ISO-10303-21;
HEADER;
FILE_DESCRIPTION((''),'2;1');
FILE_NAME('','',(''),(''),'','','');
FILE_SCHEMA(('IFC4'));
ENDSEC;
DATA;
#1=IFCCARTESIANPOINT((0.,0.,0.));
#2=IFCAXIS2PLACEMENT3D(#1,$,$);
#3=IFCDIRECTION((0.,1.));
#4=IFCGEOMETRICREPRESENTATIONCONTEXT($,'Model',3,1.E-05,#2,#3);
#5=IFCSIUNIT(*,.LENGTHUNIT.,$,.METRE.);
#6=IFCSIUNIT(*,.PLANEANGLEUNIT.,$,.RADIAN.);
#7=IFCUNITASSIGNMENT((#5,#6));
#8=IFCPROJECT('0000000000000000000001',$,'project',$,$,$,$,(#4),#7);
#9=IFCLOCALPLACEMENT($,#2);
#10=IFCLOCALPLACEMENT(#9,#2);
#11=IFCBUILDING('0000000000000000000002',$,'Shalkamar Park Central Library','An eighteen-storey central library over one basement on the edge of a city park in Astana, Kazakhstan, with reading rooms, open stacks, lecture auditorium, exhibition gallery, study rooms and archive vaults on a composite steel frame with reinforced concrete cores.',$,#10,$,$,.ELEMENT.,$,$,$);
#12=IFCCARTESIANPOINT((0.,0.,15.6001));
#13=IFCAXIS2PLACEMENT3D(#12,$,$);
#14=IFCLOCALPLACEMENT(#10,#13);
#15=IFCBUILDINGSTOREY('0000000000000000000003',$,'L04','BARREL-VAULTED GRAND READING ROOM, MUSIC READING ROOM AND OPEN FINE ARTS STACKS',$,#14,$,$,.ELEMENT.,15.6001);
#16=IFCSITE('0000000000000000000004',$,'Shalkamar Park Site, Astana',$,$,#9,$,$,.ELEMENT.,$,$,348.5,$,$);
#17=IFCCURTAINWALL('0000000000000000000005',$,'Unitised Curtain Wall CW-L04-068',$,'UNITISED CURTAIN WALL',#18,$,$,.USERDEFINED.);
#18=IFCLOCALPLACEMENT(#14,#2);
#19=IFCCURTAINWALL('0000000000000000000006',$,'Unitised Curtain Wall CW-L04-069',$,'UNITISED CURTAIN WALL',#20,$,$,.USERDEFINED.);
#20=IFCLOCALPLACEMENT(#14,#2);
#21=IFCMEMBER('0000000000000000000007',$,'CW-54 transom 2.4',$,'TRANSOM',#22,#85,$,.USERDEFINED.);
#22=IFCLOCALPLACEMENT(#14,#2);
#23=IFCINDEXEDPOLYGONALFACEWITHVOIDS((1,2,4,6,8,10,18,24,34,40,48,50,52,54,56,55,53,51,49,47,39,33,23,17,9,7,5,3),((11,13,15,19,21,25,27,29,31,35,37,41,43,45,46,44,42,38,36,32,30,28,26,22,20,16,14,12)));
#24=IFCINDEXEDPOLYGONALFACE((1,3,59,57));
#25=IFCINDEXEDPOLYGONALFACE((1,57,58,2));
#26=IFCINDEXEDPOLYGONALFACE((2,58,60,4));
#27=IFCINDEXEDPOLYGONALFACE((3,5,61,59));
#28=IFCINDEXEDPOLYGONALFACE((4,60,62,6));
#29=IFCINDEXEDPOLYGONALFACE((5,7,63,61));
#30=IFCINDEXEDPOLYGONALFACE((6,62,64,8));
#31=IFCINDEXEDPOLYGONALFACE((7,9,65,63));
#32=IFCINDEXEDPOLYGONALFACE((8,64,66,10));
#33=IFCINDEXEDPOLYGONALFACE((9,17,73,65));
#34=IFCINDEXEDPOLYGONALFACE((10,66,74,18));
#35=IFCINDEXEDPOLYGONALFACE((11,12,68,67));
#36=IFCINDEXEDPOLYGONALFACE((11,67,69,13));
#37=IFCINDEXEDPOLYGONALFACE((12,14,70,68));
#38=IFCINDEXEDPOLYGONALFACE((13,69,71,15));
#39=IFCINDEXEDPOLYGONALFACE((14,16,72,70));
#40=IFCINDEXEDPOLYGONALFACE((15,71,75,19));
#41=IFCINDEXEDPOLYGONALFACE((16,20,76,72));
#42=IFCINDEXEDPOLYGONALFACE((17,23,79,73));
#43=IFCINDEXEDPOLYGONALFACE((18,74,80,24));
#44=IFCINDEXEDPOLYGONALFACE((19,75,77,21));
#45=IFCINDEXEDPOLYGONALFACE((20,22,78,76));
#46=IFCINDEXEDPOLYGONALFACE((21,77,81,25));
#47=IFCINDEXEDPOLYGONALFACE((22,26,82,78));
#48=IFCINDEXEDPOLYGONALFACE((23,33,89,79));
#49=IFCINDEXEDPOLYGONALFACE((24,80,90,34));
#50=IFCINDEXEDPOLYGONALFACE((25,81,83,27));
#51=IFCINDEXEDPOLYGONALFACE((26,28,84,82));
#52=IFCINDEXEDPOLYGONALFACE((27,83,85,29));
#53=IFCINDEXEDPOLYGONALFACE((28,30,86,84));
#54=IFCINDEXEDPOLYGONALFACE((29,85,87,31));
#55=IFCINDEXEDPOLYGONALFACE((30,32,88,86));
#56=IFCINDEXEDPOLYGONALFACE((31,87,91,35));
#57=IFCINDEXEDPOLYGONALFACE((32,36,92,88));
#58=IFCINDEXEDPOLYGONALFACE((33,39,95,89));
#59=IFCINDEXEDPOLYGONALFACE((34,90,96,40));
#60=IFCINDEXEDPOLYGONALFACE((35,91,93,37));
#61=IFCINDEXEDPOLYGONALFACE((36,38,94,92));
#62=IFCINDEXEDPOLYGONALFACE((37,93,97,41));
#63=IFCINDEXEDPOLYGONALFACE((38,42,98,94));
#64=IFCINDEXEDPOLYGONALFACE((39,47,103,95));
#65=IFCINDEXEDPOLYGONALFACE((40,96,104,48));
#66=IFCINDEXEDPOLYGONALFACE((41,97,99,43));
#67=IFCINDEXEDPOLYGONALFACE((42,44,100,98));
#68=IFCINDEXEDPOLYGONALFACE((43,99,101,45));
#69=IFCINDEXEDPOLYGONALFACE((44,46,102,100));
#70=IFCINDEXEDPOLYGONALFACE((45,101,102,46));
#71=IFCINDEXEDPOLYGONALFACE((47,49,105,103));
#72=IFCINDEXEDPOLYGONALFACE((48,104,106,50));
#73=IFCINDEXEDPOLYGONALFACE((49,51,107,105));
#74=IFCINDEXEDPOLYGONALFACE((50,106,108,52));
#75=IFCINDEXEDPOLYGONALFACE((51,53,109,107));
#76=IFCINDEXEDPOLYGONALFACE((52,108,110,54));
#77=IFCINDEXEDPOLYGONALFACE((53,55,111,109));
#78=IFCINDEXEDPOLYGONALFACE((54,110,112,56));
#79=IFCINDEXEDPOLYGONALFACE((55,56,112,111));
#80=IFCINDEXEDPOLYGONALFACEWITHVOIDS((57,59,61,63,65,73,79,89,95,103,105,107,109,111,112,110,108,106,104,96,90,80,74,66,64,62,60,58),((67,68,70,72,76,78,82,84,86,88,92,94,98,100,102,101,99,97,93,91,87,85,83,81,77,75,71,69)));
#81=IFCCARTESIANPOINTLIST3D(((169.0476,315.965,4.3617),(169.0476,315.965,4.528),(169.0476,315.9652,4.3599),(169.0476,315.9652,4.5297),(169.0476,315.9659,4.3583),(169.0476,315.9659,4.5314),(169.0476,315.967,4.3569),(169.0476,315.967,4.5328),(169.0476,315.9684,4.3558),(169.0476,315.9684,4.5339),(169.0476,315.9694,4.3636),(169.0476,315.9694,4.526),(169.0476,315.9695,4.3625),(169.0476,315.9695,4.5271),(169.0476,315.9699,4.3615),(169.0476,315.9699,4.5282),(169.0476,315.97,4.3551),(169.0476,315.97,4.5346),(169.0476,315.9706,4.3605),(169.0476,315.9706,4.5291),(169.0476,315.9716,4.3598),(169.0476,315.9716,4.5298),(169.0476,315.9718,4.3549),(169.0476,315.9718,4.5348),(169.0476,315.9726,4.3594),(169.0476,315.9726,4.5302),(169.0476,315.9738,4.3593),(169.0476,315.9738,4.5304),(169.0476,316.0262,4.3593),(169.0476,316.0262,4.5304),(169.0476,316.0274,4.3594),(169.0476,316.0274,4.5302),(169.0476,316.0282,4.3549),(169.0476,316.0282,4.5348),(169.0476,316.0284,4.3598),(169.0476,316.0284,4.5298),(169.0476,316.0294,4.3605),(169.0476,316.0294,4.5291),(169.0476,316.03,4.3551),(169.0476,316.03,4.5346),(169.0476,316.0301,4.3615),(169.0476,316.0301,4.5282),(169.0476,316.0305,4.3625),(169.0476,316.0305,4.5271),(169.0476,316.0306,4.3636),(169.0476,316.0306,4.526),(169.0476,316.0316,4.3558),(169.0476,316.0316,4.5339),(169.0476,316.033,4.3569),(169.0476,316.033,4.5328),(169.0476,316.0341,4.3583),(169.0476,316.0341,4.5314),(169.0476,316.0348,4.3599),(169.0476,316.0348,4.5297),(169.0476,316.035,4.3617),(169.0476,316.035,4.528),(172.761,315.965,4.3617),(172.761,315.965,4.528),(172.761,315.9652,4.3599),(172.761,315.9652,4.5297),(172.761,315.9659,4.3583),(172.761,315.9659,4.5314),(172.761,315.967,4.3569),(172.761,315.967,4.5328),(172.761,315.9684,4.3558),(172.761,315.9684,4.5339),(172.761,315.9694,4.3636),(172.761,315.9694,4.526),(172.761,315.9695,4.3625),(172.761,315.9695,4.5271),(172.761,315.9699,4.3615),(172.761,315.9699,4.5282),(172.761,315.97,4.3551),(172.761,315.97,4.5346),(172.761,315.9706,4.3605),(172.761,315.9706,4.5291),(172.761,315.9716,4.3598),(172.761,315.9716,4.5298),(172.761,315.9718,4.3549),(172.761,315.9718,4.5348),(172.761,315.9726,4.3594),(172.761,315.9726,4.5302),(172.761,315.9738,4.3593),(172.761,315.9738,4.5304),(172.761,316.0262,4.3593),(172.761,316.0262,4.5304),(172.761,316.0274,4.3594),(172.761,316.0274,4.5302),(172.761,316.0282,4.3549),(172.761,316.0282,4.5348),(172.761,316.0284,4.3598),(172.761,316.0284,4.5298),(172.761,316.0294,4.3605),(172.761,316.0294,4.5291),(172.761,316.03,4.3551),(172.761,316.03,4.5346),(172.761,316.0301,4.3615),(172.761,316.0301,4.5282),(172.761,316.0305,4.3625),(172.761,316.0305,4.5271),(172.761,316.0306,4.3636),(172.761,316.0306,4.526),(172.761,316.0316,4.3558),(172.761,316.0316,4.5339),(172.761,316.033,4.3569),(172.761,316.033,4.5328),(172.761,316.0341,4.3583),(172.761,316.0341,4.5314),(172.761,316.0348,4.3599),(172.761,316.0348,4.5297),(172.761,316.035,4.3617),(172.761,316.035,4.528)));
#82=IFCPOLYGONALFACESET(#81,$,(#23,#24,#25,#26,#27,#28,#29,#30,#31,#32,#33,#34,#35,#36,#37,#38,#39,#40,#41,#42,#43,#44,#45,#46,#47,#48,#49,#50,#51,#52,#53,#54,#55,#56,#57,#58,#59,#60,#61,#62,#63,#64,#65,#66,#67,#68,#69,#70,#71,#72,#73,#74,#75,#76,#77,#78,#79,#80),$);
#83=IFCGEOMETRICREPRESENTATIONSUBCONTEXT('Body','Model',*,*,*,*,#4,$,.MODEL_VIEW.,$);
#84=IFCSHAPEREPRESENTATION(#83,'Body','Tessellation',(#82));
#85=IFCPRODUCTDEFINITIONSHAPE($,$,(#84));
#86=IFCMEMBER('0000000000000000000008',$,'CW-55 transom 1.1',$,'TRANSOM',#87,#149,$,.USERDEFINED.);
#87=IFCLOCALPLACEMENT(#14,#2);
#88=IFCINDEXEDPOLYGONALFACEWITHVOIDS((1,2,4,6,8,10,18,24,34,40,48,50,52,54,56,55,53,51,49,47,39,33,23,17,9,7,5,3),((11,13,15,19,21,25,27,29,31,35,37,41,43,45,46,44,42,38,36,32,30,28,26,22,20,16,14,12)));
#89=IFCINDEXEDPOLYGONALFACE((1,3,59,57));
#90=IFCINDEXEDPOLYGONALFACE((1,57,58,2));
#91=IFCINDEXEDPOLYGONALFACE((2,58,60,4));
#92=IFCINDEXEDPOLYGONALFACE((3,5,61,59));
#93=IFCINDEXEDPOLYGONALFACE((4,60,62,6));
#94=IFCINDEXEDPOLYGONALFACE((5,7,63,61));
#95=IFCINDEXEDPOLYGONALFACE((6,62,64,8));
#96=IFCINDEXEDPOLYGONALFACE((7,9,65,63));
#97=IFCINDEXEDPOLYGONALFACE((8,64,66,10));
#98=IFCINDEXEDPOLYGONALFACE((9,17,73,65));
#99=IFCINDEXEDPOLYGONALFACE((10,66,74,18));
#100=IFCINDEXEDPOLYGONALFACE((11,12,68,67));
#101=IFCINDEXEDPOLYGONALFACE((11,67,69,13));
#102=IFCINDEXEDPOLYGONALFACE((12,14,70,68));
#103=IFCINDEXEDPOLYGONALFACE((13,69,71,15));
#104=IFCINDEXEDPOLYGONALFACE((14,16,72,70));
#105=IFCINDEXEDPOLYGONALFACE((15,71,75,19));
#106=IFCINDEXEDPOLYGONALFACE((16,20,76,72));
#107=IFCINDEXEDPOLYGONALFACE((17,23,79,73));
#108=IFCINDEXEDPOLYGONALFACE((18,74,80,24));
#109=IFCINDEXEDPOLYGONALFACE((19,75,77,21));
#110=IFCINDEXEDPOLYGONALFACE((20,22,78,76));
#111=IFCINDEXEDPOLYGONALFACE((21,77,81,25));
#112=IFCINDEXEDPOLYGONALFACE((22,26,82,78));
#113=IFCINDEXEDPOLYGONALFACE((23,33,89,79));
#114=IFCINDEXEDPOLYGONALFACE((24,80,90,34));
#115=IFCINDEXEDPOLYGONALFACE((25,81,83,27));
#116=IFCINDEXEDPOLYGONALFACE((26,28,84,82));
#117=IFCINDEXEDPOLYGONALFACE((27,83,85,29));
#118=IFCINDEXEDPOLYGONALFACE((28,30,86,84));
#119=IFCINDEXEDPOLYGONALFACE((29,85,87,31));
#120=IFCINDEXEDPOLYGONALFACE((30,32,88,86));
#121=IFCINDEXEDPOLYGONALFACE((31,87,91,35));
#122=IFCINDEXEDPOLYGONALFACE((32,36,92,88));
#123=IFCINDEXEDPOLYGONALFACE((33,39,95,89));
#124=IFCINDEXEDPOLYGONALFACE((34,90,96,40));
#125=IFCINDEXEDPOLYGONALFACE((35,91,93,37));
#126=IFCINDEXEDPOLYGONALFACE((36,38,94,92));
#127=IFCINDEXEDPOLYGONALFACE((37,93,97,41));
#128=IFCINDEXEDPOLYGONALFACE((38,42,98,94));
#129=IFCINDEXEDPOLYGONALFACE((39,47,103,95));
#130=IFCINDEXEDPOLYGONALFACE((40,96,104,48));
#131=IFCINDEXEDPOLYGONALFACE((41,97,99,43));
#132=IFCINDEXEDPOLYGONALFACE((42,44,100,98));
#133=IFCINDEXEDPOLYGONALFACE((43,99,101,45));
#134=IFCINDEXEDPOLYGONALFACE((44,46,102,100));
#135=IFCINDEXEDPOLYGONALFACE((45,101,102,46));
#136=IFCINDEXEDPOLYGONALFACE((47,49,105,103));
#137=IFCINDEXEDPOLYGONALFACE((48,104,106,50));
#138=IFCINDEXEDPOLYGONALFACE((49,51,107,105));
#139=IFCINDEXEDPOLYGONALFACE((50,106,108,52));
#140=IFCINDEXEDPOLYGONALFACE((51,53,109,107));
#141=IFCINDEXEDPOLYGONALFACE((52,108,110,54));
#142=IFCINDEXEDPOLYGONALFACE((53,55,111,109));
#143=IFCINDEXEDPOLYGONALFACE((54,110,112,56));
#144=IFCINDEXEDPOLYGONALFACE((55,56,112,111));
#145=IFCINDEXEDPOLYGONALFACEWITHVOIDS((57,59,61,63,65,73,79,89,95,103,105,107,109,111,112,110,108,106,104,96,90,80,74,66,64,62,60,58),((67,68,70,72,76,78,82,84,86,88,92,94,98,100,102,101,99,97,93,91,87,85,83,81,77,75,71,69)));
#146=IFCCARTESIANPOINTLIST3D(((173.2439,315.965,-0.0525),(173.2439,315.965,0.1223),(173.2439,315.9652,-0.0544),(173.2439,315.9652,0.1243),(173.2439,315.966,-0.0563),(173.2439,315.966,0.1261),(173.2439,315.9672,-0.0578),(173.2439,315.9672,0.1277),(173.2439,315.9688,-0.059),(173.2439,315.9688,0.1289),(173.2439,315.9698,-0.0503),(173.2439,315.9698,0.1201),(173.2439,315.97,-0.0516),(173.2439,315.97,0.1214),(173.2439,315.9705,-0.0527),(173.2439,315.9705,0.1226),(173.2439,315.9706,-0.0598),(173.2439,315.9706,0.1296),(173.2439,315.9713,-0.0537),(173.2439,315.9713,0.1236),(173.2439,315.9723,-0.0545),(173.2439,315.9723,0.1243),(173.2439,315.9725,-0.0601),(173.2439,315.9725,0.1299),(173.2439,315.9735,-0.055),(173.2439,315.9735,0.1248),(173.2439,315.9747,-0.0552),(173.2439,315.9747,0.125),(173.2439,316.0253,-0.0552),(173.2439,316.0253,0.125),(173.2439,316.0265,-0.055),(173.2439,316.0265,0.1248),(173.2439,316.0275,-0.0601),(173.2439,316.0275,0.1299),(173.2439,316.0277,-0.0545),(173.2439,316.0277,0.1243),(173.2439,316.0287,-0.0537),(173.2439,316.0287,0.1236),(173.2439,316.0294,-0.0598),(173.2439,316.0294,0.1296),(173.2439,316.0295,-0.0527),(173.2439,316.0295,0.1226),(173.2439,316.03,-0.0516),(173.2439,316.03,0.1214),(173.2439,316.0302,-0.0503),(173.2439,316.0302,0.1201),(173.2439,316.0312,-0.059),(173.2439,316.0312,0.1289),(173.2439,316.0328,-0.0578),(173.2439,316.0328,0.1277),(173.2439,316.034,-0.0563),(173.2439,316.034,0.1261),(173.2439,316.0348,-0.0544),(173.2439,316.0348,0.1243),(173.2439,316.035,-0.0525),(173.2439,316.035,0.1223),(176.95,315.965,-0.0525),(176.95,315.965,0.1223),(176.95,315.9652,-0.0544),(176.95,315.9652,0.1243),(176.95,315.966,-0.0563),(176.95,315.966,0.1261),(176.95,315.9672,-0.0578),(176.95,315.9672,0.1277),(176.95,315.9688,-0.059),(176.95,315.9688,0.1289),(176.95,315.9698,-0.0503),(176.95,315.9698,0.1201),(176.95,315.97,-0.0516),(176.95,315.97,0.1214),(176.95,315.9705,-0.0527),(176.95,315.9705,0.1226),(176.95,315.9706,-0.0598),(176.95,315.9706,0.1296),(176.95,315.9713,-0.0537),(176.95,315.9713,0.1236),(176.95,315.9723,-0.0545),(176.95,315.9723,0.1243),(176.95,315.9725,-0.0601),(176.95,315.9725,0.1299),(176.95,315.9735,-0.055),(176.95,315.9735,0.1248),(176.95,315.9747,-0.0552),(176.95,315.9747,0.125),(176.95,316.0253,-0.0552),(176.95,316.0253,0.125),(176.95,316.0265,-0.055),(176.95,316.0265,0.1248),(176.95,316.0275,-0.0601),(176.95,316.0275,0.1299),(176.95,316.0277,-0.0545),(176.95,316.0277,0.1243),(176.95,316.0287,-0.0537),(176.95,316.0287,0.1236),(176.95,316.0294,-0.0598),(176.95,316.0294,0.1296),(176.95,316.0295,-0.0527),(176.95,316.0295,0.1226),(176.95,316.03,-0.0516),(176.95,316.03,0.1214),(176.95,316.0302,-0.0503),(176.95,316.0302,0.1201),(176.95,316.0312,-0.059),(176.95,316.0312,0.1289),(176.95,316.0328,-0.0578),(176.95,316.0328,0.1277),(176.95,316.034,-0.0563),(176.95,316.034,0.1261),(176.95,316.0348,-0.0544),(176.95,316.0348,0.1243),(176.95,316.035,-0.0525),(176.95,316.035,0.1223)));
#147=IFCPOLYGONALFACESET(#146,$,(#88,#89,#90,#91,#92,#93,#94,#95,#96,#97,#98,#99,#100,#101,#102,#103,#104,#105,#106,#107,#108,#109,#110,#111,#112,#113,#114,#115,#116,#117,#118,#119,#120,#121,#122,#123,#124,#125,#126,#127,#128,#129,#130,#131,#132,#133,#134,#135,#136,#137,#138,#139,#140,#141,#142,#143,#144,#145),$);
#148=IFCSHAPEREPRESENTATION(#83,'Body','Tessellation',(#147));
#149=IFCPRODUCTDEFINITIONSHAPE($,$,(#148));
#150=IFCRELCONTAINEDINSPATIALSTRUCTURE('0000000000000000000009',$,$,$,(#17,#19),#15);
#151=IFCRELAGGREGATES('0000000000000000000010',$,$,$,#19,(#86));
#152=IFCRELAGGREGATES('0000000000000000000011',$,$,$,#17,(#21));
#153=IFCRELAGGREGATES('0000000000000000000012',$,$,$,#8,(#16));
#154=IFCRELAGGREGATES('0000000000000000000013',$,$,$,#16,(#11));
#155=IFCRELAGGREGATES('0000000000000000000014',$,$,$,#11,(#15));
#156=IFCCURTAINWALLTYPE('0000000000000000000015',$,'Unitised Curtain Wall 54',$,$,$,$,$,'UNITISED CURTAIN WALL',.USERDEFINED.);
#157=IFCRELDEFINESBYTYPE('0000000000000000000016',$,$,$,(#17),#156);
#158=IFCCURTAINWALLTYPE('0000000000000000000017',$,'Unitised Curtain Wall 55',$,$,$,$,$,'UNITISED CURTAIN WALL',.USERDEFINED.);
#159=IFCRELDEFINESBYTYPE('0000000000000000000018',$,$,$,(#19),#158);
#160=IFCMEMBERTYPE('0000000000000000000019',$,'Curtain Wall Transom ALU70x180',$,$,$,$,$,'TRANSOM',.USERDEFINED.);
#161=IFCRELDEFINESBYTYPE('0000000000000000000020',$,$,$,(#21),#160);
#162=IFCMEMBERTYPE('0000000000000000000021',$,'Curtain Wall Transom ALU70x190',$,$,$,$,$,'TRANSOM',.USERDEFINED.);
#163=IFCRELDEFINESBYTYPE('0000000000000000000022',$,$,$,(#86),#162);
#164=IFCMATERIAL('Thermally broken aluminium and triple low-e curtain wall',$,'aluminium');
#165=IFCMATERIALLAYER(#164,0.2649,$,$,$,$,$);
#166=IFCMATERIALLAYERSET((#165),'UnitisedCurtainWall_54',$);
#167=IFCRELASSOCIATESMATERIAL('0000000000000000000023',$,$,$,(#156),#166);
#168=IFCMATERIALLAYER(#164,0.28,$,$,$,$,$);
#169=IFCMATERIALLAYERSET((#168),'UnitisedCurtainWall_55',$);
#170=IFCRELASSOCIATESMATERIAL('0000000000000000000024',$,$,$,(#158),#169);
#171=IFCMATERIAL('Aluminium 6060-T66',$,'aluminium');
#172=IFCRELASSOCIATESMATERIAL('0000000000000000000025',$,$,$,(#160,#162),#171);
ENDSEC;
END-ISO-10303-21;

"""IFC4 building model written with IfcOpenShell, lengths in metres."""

from ifc_helpers import new_model, si_unit, direction, frame, origin, origin_2d, place, context, subcontext, project, spatial, hollow_rectangle, extrude, material, layer, layer_set, material_profile, profile_set, type_object, element, aggregate, save


model = new_model("IFC4")

# Units and contexts
model_context = context("Model", 3, precision=1e-05, world=origin(), true_north=direction((0.0, 1.0)))
body_context = subcontext(model_context, "Body", "Model", "MODEL_VIEW")
ifc_project = project(units=[si_unit("LENGTHUNIT", "METRE"), si_unit("PLANEANGLEUNIT", "RADIAN")], contexts=[model_context])

# Site, building, storey
site_placement = place(None, origin())
site = spatial("IfcSite", under=ifc_project, at=site_placement, Name="Shalkamar Park Site, Astana", CompositionType="ELEMENT", RefElevation=348.5)
building_placement = place(site_placement, origin())
building = spatial("IfcBuilding", under=site, at=building_placement, Name="Shalkamar Park Central Library", Description="An eighteen-storey central library over one basement on the edge of a city park in Astana, Kazakhstan, with reading rooms, open stacks, lecture auditorium, exhibition gallery, study rooms and archive vaults on a composite steel frame with reinforced concrete cores.", CompositionType="ELEMENT")
storey_placement = place(building_placement, frame((0.0, 0.0, 15.6001)))
storey = spatial("IfcBuildingStorey", under=building, at=storey_placement, Name="L04", Description="BARREL-VAULTED GRAND READING ROOM, MUSIC READING ROOM AND OPEN FINE ARTS STACKS", CompositionType="ELEMENT", Elevation=15.6001)

# Curtain walls
ifc_material_1 = material(Name="Thermally broken aluminium and triple low-e curtain wall", Category="aluminium")
ifc_layer_1 = layer(ifc_material_1, 0.2649)
ifc_layer_set_1 = layer_set([ifc_layer_1], Name="UnitisedCurtainWall_54")
curtain_wall_type_1 = type_object("IfcCurtainWallType", Name="Unitised Curtain Wall 54", ElementType="UNITISED CURTAIN WALL", PredefinedType="USERDEFINED", material=ifc_layer_set_1)
curtain_wall_1_placement = place(storey_placement, origin())
curtain_wall_1 = element("IfcCurtainWall", 1, at=curtain_wall_1_placement, inside=storey, type_object=curtain_wall_type_1, Name="Unitised Curtain Wall CW-L04-068", ObjectType="UNITISED CURTAIN WALL", PredefinedType="USERDEFINED")
ifc_material_2 = material(Name="Aluminium 6060-T66", Category="aluminium")
ifc_layer_2 = layer(ifc_material_1, 0.28)
ifc_layer_set_2 = layer_set([ifc_layer_2], Name="UnitisedCurtainWall_55")
curtain_wall_type_2 = type_object("IfcCurtainWallType", Name="Unitised Curtain Wall 55", ElementType="UNITISED CURTAIN WALL", PredefinedType="USERDEFINED", material=ifc_layer_set_2)
curtain_wall_2_placement = place(storey_placement, origin())
curtain_wall_2 = element("IfcCurtainWall", 2, at=curtain_wall_2_placement, inside=storey, type_object=curtain_wall_type_2, Name="Unitised Curtain Wall CW-L04-069", ObjectType="UNITISED CURTAIN WALL", PredefinedType="USERDEFINED")

# Members
ifc_material_profile_1 = material_profile(ifc_material_2, hollow_rectangle(XDim=0.0701, YDim=0.1799, WallThickness=0.0044, InnerFilletRadius=0.0044, OuterFilletRadius=0.0068, at=origin_2d()), Name="ALU 70x180x4.5")
ifc_profile_set_1 = profile_set([ifc_material_profile_1], Name="Aluminium 6060-T66")
member_type_1 = type_object("IfcMemberType", Name="Curtain Wall Transom ALU70x180", ElementType="TRANSOM", PredefinedType="USERDEFINED", material=ifc_profile_set_1)
member_1_placement = place(storey_placement, frame((169.0476, 316.0, 4.4448), z_axis=(1.0, 0.0, 0.0), x_axis=(0.0, 1.0, 0.0)))
member_1 = element("IfcMember", 3, at=member_1_placement, type_object=member_type_1, Name="CW-54 transom 2.4", ObjectType="TRANSOM", PredefinedType="USERDEFINED", context=body_context, shape_type="SweptSolid", body=[
    extrude(hollow_rectangle(XDim=0.0701, YDim=0.1799, WallThickness=0.0044, InnerFilletRadius=0.0044, OuterFilletRadius=0.0068, at=origin_2d()), origin(), (0.0, 0.0, 1.0), 3.7134),
])
ifc_material_profile_2 = material_profile(ifc_material_2, hollow_rectangle(XDim=0.0701, YDim=0.1899, WallThickness=0.0049, InnerFilletRadius=0.0049, OuterFilletRadius=0.0076, at=origin_2d()), Name="ALU 70x190x5")
ifc_profile_set_2 = profile_set([ifc_material_profile_2], Name="Aluminium 6060-T66")
member_type_2 = type_object("IfcMemberType", Name="Curtain Wall Transom ALU70x190", ElementType="TRANSOM", PredefinedType="USERDEFINED", material=ifc_profile_set_2)
member_2_placement = place(storey_placement, frame((173.2439, 316.0, 0.0349), z_axis=(1.0, 0.0, 0.0), x_axis=(0.0, 1.0, 0.0)))
member_2 = element("IfcMember", 4, at=member_2_placement, type_object=member_type_2, Name="CW-55 transom 1.1", ObjectType="TRANSOM", PredefinedType="USERDEFINED", context=body_context, shape_type="SweptSolid", body=[
    extrude(hollow_rectangle(XDim=0.0701, YDim=0.1899, WallThickness=0.0049, InnerFilletRadius=0.0049, OuterFilletRadius=0.0076, at=origin_2d()), origin(), (0.0, 0.0, 1.0), 3.7061),
])

aggregate(curtain_wall_2, [member_2])
aggregate(curtain_wall_1, [member_1])

save(model, "model.ifc")
